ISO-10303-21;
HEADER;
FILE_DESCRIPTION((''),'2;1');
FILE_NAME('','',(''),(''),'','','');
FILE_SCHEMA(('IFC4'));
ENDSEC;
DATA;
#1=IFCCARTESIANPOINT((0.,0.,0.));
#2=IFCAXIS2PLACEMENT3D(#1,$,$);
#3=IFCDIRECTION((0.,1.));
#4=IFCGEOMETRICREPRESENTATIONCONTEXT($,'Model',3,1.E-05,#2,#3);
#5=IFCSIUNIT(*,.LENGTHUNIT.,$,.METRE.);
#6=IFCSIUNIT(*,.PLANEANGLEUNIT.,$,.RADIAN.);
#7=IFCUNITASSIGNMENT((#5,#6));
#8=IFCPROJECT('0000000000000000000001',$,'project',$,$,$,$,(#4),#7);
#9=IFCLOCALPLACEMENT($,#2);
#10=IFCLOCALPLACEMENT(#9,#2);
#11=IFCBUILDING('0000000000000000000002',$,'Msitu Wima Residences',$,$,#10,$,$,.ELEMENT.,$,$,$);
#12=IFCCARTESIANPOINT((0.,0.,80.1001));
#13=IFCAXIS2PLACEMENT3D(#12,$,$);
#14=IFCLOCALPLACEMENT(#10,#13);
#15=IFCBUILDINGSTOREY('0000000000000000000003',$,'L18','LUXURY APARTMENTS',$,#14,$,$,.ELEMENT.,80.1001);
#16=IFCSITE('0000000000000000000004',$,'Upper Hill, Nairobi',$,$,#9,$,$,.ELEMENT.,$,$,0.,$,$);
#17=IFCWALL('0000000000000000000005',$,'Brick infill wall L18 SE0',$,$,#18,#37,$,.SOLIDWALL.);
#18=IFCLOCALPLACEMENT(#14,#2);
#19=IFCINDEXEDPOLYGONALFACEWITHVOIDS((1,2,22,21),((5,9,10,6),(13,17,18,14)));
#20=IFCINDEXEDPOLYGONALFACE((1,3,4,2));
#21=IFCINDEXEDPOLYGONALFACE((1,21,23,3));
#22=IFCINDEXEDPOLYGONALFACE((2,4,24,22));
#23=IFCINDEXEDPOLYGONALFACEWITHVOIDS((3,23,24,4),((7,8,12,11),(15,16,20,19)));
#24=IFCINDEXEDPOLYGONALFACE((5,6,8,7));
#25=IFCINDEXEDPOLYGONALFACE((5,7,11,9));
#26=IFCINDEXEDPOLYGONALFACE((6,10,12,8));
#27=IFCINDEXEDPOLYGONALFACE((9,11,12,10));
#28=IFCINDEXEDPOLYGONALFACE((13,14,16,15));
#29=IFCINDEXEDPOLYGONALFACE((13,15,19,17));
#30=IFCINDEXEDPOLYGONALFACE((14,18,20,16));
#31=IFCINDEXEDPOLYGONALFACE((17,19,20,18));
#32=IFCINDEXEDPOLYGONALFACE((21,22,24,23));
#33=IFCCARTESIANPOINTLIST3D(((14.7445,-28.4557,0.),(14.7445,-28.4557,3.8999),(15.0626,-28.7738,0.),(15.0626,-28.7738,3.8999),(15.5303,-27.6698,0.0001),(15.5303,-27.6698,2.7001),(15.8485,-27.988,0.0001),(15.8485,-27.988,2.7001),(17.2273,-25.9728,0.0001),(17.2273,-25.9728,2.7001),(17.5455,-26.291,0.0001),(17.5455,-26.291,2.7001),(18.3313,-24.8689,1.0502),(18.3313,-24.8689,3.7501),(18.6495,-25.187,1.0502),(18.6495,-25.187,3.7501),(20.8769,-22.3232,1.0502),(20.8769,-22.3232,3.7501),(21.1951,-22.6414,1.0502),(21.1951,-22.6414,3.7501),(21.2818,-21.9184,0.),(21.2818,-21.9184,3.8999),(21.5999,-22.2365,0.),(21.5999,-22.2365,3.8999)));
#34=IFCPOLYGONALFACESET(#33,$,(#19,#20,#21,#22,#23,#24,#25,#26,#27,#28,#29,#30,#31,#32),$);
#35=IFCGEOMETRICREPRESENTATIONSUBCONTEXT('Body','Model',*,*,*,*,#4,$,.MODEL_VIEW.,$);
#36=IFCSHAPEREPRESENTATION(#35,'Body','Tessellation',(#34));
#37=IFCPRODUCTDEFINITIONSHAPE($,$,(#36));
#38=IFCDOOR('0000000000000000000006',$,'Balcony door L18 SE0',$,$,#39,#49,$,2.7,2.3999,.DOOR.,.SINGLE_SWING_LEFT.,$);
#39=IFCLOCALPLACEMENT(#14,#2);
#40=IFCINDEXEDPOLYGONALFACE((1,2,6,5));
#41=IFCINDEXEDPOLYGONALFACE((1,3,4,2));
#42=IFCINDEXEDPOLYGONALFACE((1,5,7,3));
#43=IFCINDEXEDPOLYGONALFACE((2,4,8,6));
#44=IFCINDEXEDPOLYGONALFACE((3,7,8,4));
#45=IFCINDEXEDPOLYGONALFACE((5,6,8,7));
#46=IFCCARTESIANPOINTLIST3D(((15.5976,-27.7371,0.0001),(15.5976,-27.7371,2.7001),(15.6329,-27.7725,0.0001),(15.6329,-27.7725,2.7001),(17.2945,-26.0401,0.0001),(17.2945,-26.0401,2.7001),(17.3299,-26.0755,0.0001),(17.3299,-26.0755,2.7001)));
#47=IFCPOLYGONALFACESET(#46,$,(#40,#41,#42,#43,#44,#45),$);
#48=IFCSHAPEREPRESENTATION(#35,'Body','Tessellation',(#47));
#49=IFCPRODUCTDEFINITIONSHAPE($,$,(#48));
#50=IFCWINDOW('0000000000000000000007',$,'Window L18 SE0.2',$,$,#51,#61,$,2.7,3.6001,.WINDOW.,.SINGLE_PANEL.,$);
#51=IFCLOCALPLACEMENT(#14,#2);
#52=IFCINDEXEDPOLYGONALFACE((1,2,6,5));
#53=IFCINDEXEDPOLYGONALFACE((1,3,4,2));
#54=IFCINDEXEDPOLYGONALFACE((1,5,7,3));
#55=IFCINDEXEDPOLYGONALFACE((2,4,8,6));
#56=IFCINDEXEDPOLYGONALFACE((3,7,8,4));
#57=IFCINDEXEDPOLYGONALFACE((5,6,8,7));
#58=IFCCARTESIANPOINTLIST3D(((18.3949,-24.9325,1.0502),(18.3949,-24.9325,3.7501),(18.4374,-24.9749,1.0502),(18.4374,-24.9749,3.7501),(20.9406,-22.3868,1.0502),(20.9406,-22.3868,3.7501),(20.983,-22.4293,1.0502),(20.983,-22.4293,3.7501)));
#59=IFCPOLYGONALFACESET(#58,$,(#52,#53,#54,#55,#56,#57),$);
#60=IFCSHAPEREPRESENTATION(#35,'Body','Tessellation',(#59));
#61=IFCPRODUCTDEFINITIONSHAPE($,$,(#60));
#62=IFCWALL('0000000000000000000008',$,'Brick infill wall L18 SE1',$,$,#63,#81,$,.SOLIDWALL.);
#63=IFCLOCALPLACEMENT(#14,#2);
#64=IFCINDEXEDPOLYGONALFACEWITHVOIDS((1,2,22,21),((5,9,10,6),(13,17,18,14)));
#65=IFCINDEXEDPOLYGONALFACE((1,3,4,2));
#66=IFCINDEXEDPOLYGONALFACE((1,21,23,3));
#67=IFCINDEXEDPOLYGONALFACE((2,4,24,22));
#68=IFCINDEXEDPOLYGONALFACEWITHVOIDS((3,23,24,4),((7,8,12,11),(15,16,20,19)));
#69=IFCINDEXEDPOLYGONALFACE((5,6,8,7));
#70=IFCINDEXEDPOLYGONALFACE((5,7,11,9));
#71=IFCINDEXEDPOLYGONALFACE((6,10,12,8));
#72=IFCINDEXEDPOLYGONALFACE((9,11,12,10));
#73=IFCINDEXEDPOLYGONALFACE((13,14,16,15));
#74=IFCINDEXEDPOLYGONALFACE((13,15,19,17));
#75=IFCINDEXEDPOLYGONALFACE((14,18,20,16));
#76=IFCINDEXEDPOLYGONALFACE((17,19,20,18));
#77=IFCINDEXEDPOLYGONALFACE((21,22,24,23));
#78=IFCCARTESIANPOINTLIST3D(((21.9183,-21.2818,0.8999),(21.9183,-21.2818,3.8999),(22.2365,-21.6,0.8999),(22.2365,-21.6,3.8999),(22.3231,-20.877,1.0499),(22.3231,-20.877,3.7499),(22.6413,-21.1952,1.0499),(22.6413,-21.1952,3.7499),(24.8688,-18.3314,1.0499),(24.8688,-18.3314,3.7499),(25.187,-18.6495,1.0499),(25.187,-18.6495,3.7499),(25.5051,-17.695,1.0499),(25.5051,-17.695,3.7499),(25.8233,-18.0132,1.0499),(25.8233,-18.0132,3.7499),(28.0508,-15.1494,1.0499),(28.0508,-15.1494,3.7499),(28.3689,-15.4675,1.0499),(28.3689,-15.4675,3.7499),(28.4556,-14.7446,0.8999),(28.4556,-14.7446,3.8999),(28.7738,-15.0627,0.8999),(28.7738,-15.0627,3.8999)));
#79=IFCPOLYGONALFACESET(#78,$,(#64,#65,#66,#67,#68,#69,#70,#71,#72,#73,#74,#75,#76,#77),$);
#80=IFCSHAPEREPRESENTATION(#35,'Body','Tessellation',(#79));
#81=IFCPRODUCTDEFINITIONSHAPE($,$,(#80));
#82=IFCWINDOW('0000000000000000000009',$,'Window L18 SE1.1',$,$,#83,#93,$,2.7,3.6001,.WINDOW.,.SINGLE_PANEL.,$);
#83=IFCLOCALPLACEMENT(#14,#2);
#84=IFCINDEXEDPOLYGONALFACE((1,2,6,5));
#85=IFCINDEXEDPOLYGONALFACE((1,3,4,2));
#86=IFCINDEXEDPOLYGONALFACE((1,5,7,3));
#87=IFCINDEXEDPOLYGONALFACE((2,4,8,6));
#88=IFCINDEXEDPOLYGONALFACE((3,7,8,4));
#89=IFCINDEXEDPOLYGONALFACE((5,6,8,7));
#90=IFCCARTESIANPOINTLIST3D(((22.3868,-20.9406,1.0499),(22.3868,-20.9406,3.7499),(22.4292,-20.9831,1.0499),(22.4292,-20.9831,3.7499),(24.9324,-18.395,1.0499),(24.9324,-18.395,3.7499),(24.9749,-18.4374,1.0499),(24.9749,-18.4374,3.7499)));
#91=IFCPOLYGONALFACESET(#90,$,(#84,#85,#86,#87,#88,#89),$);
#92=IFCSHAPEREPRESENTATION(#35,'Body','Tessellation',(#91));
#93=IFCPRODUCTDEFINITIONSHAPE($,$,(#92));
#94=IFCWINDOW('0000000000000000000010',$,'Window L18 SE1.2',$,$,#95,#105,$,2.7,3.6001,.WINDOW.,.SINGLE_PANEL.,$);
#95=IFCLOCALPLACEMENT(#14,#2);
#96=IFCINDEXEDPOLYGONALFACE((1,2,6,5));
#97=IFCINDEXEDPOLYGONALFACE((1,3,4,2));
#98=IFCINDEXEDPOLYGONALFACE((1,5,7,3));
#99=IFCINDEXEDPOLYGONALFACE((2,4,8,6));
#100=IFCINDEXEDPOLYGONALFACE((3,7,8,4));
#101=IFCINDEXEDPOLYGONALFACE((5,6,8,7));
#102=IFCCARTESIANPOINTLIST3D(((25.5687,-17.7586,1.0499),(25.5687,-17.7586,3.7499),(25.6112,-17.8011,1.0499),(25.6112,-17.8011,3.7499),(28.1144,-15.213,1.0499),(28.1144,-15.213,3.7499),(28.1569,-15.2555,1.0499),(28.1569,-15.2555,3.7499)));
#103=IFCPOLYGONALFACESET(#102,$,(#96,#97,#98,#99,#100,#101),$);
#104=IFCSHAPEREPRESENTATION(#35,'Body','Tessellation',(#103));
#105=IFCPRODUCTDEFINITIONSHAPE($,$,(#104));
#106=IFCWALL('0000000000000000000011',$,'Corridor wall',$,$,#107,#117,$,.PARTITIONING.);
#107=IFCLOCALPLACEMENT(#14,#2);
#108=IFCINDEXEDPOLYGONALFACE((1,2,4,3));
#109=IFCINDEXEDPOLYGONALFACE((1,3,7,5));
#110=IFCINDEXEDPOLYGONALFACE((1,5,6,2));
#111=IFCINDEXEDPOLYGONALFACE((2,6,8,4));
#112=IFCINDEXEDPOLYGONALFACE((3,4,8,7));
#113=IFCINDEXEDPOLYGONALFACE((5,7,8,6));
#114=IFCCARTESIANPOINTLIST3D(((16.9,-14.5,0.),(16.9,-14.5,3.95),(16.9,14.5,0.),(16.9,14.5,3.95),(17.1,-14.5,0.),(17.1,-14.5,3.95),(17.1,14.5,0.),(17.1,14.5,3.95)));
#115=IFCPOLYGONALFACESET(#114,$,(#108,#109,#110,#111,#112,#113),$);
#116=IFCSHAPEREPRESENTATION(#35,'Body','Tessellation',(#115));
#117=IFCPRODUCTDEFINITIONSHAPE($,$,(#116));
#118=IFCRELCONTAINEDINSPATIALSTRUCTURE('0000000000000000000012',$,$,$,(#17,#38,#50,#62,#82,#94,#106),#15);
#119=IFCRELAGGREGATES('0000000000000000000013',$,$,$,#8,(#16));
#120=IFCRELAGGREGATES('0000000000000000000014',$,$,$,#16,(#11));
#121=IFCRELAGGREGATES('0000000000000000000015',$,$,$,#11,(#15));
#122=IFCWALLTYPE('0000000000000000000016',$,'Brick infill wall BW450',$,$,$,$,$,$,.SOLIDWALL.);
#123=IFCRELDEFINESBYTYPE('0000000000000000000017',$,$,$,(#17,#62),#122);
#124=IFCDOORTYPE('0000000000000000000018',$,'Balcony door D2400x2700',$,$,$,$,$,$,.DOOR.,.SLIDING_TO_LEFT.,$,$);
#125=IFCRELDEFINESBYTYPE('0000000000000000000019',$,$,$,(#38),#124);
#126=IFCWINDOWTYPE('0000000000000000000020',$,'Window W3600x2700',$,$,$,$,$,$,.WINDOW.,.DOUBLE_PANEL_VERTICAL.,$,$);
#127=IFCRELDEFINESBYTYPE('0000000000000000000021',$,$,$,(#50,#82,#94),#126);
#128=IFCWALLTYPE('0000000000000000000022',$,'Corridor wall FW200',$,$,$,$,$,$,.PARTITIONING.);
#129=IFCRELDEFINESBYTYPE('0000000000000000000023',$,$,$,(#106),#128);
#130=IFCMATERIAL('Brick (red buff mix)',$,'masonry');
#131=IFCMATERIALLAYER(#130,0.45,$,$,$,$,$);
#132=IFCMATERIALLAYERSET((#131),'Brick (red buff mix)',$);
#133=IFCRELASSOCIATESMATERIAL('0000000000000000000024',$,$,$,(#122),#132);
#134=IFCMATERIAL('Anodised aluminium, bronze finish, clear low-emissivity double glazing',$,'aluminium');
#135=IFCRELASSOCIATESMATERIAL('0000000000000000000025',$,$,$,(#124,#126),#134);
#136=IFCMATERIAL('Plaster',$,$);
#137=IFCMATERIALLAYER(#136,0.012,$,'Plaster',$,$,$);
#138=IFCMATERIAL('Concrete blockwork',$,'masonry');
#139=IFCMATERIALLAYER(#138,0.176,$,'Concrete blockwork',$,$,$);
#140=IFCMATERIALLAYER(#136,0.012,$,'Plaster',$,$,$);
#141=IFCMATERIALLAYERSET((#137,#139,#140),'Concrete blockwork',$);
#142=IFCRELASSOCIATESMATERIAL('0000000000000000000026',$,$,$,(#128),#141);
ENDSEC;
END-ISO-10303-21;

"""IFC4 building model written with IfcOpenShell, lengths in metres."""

from ifc_helpers import new_model, si_unit, direction, frame, frame_2d, origin, place, context, subcontext, project, spatial, rectangle, extrude, material, layer, layer_set, type_object, element, fill, save


model = new_model("IFC4")

# Units and contexts
model_context = context("Model", 3, precision=1e-05, world=origin(), true_north=direction((0.0, 1.0)))
body_context = subcontext(model_context, "Body", "Model", "MODEL_VIEW")
ifc_project = project(units=[si_unit("LENGTHUNIT", "METRE"), si_unit("PLANEANGLEUNIT", "RADIAN")], contexts=[model_context])

# Site, building, storey
site_placement = place(None, origin())
site = spatial("IfcSite", under=ifc_project, at=site_placement, Name="Upper Hill, Nairobi", CompositionType="ELEMENT", RefElevation=0.0)
building_placement = place(site_placement, origin())
building = spatial("IfcBuilding", under=site, at=building_placement, Name="Msitu Wima Residences", CompositionType="ELEMENT")
storey_placement = place(building_placement, frame((0.0, 0.0, 80.1001)))
storey = spatial("IfcBuildingStorey", under=building, at=storey_placement, Name="L18", Description="LUXURY APARTMENTS", CompositionType="ELEMENT", Elevation=80.1001)

# Wall, openings, door, window
ifc_material_1 = material(Name="Brick (red buff mix)", Category="masonry")
ifc_layer_1 = layer(ifc_material_1, 0.45)
ifc_layer_set_1 = layer_set([ifc_layer_1], Name="Brick (red buff mix)")
wall_type_1 = type_object("IfcWallType", Name="Brick infill wall BW450", PredefinedType="SOLIDWALL", material=ifc_layer_set_1)
wall_1_placement = place(storey_placement, frame((14.9036, -28.6147, 0.0), z_axis=(0.0, 0.0, 1.0), x_axis=(0.707107, 0.707107, 0.0)))
wall_1 = element("IfcWall", 1, at=wall_1_placement, inside=storey, type_object=wall_type_1, Name="Brick infill wall L18 SE0", PredefinedType="SOLIDWALL", context=body_context, shape_type="SweptSolid", body=[
    extrude(rectangle(XDim=9.2451, YDim=0.45, at=frame_2d((4.6226, 0.0))), origin(), (0.0, 0.0, 1.0), 3.8999),
])
opening_1_placement = place(wall_1_placement, frame((1.1113, 0.0, 0.0)))
opening_1 = element("IfcOpeningElement", 2, at=opening_1_placement, cuts=wall_1, PredefinedType="OPENING", context=body_context, shape_type="SweptSolid", body=[
    extrude(rectangle(XDim=2.3999, YDim=2.7, at=frame_2d((1.2, 1.3501))), frame((0.0, 0.2349, 0.0), z_axis=(0.0, -1.0, 0.0), x_axis=(1.0, 0.0, 0.0)), (0.0, 0.0, 1.0), 0.47),
])
opening_2_placement = place(wall_1_placement, frame((5.0725, 0.0, 1.05)))
opening_2 = element("IfcOpeningElement", 3, at=opening_2_placement, cuts=wall_1, PredefinedType="OPENING", context=body_context, shape_type="SweptSolid", body=[
    extrude(rectangle(XDim=3.6001, YDim=2.7, at=frame_2d((1.8, 1.3501))), frame((0.0, 0.2349, 0.0), z_axis=(0.0, -1.0, 0.0), x_axis=(1.0, 0.0, 0.0)), (0.0, 0.0, 1.0), 0.47),
])
ifc_material_2 = material(Name="Anodised aluminium, bronze finish, clear low-emissivity double glazing", Category="aluminium")
door_type_1 = type_object("IfcDoorType", Name="Balcony door D2400x2700", OperationType="SLIDING_TO_LEFT", PredefinedType="DOOR", material=ifc_material_2)
door_1_placement = place(opening_1_placement, origin())
door_1 = element("IfcDoor", 4, at=door_1_placement, inside=storey, type_object=door_type_1, Name="Balcony door L18 SE0", OperationType="SINGLE_SWING_LEFT", OverallHeight=2.7, OverallWidth=2.3999, PredefinedType="DOOR", context=body_context, shape_type="SweptSolid", body=[
    extrude(rectangle(XDim=2.3999, YDim=2.7, at=frame_2d((1.2, 1.3501))), frame((0.0, 0.1299, 0.0), z_axis=(0.0, -1.0, 0.0), x_axis=(1.0, 0.0, 0.0)), (0.0, 0.0, 1.0), 0.05),
])
fill(opening_1, door_1)
window_type = type_object("IfcWindowType", Name="Window W3600x2700", PartitioningType="DOUBLE_PANEL_VERTICAL", PredefinedType="WINDOW", material=ifc_material_2)
window_1_placement = place(opening_2_placement, origin())
window_1 = element("IfcWindow", 5, at=window_1_placement, inside=storey, type_object=window_type, Name="Window L18 SE0.2", OverallHeight=2.7, OverallWidth=3.6001, PartitioningType="SINGLE_PANEL", PredefinedType="WINDOW", context=body_context, shape_type="SweptSolid", body=[
    extrude(rectangle(XDim=3.6001, YDim=2.7, at=frame_2d((1.8, 1.3501))), frame((0.0, 0.135, 0.0), z_axis=(0.0, -1.0, 0.0), x_axis=(1.0, 0.0, 0.0)), (0.0, 0.0, 1.0), 0.0601),
])
fill(opening_2, window_1)

# Wall, openings, windows
wall_2_placement = place(storey_placement, frame((22.0774, -21.4409, 0.8999), z_axis=(0.0, 0.0, 1.0), x_axis=(0.707107, 0.707107, 0.0)))
wall_2 = element("IfcWall", 6, at=wall_2_placement, inside=storey, type_object=wall_type_1, Name="Brick infill wall L18 SE1", PredefinedType="SOLIDWALL", context=body_context, shape_type="SweptSolid", body=[
    extrude(rectangle(XDim=9.2451, YDim=0.45, at=frame_2d((4.6226, 0.0))), origin(), (0.0, 0.0, 1.0), 3.0),
])
opening_3_placement = place(wall_2_placement, frame((0.5725, 0.0, 0.1499)))
opening_3 = element("IfcOpeningElement", 7, at=opening_3_placement, cuts=wall_2, PredefinedType="OPENING", context=body_context, shape_type="SweptSolid", body=[
    extrude(rectangle(XDim=3.6001, YDim=2.7, at=frame_2d((1.8, 1.3501))), frame((0.0, 0.2349, 0.0), z_axis=(0.0, -1.0, 0.0), x_axis=(1.0, 0.0, 0.0)), (0.0, 0.0, 1.0), 0.47),
])
opening_4_placement = place(wall_2_placement, frame((5.0725, 0.0, 0.1499)))
opening_4 = element("IfcOpeningElement", 8, at=opening_4_placement, cuts=wall_2, PredefinedType="OPENING", context=body_context, shape_type="SweptSolid", body=[
    extrude(rectangle(XDim=3.6001, YDim=2.7, at=frame_2d((1.8, 1.3501))), frame((0.0, 0.2349, 0.0), z_axis=(0.0, -1.0, 0.0), x_axis=(1.0, 0.0, 0.0)), (0.0, 0.0, 1.0), 0.47),
])
window_2_placement = place(opening_3_placement, origin())
window_2 = element("IfcWindow", 9, at=window_2_placement, inside=storey, type_object=window_type, Name="Window L18 SE1.1", OverallHeight=2.7, OverallWidth=3.6001, PartitioningType="SINGLE_PANEL", PredefinedType="WINDOW", context=body_context, shape_type="SweptSolid", body=[
    extrude(rectangle(XDim=3.6001, YDim=2.7, at=frame_2d((1.8, 1.3501))), frame((0.0, 0.135, 0.0), z_axis=(0.0, -1.0, 0.0), x_axis=(1.0, 0.0, 0.0)), (0.0, 0.0, 1.0), 0.0601),
])
fill(opening_3, window_2)
window_3_placement = place(opening_4_placement, origin())
window_3 = element("IfcWindow", 10, at=window_3_placement, inside=storey, type_object=window_type, Name="Window L18 SE1.2", OverallHeight=2.7, OverallWidth=3.6001, PartitioningType="SINGLE_PANEL", PredefinedType="WINDOW", context=body_context, shape_type="SweptSolid", body=[
    extrude(rectangle(XDim=3.6001, YDim=2.7, at=frame_2d((1.8, 1.3501))), frame((0.0, 0.135, 0.0), z_axis=(0.0, -1.0, 0.0), x_axis=(1.0, 0.0, 0.0)), (0.0, 0.0, 1.0), 0.0601),
])
fill(opening_4, window_3)

# Wall
ifc_material_3 = material(Name="Plaster")
ifc_layer_2 = layer(ifc_material_3, 0.012, Name="Plaster")
ifc_material_4 = material(Name="Concrete blockwork", Category="masonry")
ifc_layer_3 = layer(ifc_material_4, 0.176, Name="Concrete blockwork")
ifc_layer_4 = layer(ifc_material_3, 0.012, Name="Plaster")
ifc_layer_set_2 = layer_set([ifc_layer_2, ifc_layer_3, ifc_layer_4], Name="Concrete blockwork")
wall_type_2 = type_object("IfcWallType", Name="Corridor wall FW200", PredefinedType="PARTITIONING", material=ifc_layer_set_2)
wall_3_placement = place(storey_placement, frame((17.0, -14.5, 0.0), z_axis=(0.0, 0.0, 1.0), x_axis=(0.0, 1.0, 0.0)))
element("IfcWall", 11, at=wall_3_placement, inside=storey, type_object=wall_type_2, Name="Corridor wall", PredefinedType="PARTITIONING", context=body_context, shape_type="SweptSolid", body=[
    extrude(rectangle(XDim=29.0, YDim=0.2, at=frame_2d((14.5, 0.0))), origin(), (0.0, 0.0, 1.0), 3.95),
])

save(model, "model.ifc")
